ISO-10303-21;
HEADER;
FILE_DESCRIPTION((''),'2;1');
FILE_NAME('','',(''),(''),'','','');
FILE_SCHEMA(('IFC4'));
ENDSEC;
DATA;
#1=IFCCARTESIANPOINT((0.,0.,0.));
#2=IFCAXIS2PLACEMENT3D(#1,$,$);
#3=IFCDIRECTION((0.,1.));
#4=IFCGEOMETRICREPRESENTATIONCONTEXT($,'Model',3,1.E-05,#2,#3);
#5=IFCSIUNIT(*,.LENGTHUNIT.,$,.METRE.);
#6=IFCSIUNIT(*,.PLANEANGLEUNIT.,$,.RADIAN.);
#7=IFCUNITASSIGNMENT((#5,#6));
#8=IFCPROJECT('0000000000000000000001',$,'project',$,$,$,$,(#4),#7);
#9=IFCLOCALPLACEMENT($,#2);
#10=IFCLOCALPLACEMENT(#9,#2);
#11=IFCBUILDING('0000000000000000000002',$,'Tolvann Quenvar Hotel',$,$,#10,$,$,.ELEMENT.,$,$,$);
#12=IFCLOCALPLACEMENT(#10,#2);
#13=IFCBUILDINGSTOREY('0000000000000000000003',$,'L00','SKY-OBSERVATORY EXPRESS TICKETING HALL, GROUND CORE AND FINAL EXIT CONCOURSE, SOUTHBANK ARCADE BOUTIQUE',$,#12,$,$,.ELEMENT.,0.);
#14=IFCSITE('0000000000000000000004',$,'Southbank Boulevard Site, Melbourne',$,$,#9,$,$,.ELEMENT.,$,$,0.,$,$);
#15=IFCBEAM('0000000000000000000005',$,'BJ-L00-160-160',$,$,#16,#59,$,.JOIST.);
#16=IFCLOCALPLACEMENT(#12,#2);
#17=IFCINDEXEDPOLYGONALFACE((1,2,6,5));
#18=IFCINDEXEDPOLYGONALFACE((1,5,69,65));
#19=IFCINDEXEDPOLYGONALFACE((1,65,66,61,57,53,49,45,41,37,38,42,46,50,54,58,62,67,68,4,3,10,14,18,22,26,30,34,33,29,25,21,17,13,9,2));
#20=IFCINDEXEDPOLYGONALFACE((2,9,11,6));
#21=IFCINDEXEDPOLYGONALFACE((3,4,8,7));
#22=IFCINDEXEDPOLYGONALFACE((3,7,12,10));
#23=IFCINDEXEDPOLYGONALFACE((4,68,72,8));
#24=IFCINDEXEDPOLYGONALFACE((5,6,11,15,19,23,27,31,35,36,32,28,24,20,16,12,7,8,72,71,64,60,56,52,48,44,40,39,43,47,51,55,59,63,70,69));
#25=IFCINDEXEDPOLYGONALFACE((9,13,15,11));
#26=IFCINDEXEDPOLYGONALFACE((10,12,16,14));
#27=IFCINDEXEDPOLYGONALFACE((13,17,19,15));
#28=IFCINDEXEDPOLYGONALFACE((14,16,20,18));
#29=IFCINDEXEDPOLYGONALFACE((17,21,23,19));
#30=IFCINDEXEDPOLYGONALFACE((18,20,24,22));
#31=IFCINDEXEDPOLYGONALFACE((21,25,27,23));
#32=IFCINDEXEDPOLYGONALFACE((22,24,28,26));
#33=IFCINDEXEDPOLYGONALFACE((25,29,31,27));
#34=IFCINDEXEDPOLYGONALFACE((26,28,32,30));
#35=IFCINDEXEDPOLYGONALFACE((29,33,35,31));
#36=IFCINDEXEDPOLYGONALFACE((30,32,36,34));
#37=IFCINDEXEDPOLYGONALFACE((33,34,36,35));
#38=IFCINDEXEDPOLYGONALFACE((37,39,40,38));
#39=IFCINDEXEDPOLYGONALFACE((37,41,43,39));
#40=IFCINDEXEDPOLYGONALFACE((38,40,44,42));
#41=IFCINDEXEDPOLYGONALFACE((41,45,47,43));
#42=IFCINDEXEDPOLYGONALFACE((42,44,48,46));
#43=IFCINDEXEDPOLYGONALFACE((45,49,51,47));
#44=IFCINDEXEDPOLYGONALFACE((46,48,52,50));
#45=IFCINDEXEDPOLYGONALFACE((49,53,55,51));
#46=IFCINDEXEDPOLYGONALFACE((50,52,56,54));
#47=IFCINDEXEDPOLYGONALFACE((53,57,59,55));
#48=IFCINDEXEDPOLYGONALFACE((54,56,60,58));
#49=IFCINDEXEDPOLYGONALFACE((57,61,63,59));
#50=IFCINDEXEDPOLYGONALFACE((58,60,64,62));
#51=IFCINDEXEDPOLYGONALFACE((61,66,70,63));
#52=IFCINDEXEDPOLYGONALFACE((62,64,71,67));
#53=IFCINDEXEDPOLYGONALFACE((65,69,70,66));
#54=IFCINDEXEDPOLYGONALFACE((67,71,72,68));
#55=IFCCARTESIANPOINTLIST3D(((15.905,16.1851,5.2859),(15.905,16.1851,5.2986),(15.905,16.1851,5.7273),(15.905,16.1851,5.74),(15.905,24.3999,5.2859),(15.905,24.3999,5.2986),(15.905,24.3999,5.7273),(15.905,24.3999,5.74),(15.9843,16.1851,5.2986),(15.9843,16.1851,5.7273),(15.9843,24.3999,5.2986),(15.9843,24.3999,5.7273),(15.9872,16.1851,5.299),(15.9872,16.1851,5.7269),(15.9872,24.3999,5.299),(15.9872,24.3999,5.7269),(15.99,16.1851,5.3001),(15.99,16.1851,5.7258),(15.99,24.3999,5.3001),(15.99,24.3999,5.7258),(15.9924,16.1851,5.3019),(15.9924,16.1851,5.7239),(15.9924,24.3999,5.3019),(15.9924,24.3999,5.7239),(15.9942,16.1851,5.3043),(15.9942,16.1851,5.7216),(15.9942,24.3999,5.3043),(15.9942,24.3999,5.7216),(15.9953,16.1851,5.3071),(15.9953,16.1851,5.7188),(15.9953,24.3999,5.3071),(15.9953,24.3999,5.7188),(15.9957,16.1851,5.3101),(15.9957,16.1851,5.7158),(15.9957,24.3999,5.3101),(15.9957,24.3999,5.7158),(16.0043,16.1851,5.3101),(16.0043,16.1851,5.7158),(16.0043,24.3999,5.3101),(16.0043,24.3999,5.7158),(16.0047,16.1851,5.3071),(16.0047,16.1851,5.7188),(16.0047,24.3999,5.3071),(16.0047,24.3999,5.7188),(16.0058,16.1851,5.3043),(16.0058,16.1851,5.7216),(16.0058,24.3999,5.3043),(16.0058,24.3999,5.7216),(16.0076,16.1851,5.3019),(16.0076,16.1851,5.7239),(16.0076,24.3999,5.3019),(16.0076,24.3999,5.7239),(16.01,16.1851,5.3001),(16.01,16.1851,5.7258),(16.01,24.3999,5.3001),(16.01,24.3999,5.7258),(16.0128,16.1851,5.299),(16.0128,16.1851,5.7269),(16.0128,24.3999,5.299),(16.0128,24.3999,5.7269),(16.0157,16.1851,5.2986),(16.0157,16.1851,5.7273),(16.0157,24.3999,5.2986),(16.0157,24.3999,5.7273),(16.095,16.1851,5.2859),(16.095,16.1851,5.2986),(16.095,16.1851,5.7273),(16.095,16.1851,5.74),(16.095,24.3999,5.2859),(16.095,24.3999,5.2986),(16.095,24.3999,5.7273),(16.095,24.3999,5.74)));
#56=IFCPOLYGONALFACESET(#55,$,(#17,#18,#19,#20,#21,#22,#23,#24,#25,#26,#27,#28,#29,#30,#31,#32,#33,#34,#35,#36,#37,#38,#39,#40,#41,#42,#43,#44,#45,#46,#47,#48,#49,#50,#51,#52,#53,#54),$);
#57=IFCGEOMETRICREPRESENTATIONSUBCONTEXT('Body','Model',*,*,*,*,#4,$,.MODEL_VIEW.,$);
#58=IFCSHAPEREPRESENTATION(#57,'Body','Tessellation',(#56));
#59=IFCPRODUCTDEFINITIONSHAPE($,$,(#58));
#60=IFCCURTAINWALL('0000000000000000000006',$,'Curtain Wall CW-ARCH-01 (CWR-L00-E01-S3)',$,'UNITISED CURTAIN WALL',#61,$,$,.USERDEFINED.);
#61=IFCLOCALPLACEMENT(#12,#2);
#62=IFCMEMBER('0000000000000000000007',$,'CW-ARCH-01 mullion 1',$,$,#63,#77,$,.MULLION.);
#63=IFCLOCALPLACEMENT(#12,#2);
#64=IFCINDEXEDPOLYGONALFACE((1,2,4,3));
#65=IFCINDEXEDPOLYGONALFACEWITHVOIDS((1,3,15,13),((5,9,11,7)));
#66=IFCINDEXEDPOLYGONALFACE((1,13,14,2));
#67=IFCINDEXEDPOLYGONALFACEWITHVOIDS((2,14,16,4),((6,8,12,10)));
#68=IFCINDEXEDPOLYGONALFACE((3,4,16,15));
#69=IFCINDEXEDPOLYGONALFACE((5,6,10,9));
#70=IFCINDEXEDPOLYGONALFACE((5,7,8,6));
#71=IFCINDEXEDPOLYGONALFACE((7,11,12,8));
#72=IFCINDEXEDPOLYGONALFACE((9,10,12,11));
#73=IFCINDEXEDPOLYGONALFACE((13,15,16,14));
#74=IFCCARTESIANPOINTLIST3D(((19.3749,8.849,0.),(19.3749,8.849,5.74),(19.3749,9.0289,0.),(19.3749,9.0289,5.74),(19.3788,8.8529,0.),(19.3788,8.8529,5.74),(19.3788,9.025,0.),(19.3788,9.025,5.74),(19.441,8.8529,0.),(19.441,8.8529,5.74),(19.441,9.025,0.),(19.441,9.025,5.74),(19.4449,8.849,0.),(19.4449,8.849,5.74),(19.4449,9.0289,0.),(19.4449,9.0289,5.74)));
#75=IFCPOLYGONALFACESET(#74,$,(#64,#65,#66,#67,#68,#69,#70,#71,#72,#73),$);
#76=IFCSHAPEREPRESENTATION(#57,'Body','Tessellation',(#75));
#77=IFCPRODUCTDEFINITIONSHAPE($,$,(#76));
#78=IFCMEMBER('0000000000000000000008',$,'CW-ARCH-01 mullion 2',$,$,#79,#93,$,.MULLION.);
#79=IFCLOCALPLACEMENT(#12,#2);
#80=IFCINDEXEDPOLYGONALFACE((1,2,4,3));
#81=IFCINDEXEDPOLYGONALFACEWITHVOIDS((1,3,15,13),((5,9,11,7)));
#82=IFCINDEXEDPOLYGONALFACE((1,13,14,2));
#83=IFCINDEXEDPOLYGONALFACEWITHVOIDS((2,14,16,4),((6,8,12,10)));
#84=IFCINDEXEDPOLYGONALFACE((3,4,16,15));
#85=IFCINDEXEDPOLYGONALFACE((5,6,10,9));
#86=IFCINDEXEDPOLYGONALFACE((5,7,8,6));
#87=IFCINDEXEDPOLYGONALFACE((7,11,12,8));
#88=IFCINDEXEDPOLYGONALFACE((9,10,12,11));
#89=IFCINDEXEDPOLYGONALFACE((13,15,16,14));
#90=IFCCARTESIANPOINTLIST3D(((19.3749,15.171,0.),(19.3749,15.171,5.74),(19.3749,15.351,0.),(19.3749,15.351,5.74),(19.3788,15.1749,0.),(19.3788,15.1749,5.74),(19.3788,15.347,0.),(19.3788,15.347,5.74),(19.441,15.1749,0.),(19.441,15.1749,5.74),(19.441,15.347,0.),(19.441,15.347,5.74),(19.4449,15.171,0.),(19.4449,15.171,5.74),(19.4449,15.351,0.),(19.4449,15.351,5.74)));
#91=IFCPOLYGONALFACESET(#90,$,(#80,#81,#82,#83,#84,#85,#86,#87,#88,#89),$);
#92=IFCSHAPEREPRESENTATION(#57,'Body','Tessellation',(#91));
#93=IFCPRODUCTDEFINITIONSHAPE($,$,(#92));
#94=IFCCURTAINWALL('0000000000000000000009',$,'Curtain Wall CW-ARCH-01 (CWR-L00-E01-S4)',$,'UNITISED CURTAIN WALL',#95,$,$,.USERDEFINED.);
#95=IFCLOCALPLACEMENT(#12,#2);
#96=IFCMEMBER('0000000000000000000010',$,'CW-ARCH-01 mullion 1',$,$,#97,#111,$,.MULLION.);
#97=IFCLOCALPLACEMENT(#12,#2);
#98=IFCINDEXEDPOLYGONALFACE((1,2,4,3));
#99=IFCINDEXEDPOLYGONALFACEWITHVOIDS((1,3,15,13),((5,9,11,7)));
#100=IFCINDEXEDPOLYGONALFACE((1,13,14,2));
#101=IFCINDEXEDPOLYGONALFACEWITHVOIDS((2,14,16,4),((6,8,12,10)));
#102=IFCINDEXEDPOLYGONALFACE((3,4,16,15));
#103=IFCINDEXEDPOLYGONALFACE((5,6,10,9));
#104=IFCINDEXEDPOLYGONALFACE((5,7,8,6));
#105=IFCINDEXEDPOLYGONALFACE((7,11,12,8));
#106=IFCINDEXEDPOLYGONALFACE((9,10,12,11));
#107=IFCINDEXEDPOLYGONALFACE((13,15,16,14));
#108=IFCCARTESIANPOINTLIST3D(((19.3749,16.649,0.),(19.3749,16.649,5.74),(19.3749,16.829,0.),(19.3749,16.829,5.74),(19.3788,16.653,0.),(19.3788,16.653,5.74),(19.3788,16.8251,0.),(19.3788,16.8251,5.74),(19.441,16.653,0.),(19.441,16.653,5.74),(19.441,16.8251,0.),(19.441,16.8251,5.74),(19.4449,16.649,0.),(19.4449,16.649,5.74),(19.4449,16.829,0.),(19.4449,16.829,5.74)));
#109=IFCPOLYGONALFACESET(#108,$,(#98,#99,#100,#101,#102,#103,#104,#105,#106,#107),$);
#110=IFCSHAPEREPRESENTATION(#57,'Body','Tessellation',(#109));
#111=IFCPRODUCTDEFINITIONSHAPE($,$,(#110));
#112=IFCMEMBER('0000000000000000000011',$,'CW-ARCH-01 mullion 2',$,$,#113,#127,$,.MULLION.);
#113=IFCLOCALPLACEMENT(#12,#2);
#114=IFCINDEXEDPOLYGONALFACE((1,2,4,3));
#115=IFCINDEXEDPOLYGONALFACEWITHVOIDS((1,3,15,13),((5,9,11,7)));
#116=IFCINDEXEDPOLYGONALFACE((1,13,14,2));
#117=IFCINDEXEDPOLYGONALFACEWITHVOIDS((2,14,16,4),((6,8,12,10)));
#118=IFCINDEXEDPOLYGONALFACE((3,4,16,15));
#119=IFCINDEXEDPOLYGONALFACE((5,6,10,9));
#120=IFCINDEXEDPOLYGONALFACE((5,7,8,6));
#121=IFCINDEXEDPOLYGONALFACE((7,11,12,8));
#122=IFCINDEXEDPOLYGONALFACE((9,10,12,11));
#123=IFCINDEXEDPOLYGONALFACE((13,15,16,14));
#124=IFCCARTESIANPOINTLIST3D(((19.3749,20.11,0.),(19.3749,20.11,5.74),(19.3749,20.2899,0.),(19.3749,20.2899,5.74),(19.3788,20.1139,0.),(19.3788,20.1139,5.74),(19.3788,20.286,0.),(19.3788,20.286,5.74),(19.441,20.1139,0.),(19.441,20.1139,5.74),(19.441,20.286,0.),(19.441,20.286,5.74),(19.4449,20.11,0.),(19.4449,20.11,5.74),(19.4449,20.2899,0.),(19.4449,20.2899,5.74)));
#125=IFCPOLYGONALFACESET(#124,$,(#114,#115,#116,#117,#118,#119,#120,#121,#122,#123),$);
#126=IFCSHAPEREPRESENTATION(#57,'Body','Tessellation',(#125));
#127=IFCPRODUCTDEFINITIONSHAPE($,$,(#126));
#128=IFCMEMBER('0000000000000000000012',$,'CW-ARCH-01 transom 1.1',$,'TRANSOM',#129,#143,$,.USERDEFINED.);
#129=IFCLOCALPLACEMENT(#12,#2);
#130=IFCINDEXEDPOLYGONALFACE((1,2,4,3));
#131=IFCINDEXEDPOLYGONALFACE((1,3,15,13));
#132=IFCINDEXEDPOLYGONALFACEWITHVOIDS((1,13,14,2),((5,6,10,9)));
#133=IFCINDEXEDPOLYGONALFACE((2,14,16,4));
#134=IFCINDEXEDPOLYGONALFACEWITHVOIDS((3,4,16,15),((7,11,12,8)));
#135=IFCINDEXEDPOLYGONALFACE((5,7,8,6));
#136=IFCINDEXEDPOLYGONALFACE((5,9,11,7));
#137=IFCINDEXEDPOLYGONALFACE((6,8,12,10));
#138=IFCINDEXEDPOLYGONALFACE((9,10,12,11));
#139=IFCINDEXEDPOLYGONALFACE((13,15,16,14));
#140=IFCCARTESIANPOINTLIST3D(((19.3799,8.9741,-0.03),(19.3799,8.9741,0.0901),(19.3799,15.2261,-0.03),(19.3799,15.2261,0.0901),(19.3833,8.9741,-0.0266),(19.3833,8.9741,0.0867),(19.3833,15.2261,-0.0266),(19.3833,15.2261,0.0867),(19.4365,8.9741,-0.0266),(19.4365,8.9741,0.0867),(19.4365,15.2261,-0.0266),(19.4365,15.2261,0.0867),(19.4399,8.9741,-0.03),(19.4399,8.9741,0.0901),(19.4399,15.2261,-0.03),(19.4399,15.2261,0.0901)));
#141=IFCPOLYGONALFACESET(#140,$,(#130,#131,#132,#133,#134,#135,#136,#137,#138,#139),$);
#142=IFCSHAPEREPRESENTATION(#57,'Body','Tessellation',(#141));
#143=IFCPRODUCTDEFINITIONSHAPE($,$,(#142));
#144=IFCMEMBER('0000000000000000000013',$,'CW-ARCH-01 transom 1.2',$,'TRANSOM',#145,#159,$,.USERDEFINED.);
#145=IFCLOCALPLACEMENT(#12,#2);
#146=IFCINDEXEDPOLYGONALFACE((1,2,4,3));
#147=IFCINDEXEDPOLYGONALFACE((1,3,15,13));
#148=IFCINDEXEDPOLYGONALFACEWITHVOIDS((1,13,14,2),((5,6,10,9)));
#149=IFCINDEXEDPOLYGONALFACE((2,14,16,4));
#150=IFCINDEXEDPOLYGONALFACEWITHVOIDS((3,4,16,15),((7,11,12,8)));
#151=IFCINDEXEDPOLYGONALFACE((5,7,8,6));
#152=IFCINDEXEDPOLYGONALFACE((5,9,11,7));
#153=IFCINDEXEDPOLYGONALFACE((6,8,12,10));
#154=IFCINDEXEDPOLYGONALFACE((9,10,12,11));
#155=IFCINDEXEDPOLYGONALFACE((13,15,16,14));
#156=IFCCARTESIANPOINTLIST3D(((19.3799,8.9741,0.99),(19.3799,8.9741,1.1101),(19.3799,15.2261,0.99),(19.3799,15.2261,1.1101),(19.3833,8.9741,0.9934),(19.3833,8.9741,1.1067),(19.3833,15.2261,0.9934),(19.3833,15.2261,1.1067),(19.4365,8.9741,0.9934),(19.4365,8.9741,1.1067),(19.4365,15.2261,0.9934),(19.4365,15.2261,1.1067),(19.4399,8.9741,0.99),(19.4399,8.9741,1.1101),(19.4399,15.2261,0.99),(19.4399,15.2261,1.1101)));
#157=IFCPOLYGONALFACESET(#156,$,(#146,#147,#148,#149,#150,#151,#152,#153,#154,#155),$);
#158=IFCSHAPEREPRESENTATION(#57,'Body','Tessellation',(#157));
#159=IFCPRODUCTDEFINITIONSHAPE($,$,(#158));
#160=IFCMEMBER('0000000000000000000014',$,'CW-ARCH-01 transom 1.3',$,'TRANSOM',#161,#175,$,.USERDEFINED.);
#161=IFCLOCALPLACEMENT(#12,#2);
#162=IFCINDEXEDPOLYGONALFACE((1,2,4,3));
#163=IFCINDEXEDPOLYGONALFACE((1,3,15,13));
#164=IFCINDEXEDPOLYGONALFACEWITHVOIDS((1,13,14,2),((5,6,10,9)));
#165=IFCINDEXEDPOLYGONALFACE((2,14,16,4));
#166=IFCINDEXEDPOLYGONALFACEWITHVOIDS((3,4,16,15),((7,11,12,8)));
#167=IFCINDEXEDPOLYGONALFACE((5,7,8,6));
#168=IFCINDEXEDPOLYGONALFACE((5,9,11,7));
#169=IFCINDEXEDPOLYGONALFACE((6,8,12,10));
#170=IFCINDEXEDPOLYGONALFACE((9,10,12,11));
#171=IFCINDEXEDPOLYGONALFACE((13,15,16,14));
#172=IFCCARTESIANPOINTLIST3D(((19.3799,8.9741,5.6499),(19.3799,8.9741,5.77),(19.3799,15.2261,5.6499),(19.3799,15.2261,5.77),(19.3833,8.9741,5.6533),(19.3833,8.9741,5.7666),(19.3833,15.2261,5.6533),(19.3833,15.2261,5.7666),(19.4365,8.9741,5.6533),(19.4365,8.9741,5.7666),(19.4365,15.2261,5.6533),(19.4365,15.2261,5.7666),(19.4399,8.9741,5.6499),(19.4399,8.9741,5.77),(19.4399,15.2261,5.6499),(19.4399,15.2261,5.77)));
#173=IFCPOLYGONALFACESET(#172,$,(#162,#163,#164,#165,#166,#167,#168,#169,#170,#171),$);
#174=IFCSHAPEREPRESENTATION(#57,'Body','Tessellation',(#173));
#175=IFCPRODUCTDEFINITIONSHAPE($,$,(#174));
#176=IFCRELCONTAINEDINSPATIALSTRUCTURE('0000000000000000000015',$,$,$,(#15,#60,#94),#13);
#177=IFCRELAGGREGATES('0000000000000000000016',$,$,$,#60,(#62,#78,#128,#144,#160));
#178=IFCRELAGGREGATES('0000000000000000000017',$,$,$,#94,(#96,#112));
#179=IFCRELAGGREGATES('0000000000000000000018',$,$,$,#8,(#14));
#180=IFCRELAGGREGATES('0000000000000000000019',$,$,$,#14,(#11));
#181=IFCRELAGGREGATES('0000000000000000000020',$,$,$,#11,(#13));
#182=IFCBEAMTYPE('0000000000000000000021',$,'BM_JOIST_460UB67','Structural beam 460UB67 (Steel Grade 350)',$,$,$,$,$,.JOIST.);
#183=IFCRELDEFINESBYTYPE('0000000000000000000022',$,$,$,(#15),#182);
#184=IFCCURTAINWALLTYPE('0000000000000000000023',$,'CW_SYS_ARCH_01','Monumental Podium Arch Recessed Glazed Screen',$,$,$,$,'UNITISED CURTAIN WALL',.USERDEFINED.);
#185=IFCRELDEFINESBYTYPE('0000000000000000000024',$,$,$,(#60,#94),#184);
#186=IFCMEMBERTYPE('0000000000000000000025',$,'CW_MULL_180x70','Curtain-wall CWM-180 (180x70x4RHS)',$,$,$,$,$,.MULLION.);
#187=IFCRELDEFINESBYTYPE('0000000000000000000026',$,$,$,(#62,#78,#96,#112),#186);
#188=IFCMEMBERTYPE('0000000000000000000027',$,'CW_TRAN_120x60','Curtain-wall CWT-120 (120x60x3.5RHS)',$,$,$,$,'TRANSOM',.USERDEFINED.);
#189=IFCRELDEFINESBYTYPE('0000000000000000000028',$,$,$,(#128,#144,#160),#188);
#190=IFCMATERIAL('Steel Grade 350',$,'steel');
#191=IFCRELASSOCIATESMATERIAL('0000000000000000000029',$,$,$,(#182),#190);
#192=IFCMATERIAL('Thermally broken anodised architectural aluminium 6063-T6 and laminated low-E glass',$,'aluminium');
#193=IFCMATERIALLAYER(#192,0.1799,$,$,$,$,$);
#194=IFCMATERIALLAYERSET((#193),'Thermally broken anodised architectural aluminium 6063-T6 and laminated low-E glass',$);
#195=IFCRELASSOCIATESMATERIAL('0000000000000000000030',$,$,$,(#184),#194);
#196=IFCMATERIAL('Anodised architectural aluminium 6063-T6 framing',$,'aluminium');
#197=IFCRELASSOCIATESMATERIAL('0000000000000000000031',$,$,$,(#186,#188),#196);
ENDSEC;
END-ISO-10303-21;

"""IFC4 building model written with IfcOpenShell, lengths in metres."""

from ifc_helpers import new_model, si_unit, direction, frame, origin, origin_2d, place, context, subcontext, project, spatial, hollow_rectangle, i_section, extrude, source, transform, mapped, material, layer, layer_set, material_profile, profile_set, type_object, type_shapes, element, aggregate, save


model = new_model("IFC4")

# Units and contexts
model_context = context("Model", 3, precision=1e-05, world=origin(), true_north=direction((0.0, 1.0)))
body_context = subcontext(model_context, "Body", "Model", "MODEL_VIEW")
ifc_project = project(units=[si_unit("LENGTHUNIT", "METRE"), si_unit("PLANEANGLEUNIT", "RADIAN")], contexts=[model_context])

# Site, building, storey
site_placement = place(None, origin())
site = spatial("IfcSite", under=ifc_project, at=site_placement, Name="Southbank Boulevard Site, Melbourne", CompositionType="ELEMENT", RefElevation=0.0)
building_placement = place(site_placement, origin())
building = spatial("IfcBuilding", under=site, at=building_placement, Name="Tolvann Quenvar Hotel", CompositionType="ELEMENT")
storey_placement = place(building_placement, origin())
storey = spatial("IfcBuildingStorey", under=building, at=storey_placement, Name="L00", Description="SKY-OBSERVATORY EXPRESS TICKETING HALL, GROUND CORE AND FINAL EXIT CONCOURSE, SOUTHBANK ARCADE BOUTIQUE", CompositionType="ELEMENT", Elevation=0.0)

# Beam
ifc_material_1 = material(Name="Steel Grade 350", Category="steel")
ifc_material_profile_1 = material_profile(ifc_material_1, i_section(OverallWidth=0.1899, OverallDepth=0.4541, WebThickness=0.0085, FlangeThickness=0.0127, FilletRadius=0.0115, at=origin_2d()), Name="460UB67")
ifc_profile_set_1 = profile_set([ifc_material_profile_1], Name="Steel Grade 350")
beam_type_1 = type_object("IfcBeamType", Name="BM_JOIST_460UB67", Description="Structural beam 460UB67 (Steel Grade 350)", PredefinedType="JOIST", material=ifc_profile_set_1)
shared_shape_1 = source(origin(), body_context, "Body", "SweptSolid", [
    extrude(i_section(OverallWidth=0.1899, OverallDepth=0.4541, WebThickness=0.0085, FlangeThickness=0.0127, FilletRadius=0.0115, at=origin_2d()), origin(), (0.0, 0.0, 1.0), 8.2148),
])
for number, where, z_axis, x_axis, name in (
    (1, (16.0, 16.1851, 5.5129), (0.0, 1.0, 0.0), (-1.0, 0.0, 0.0), "BJ-L00-160-160"),
):
    element("IfcBeam", number, at=place(storey_placement, frame(where, z_axis=z_axis, x_axis=x_axis)), inside=storey, type_object=beam_type_1, Name=name, PredefinedType="JOIST", context=body_context, shape_type="MappedRepresentation", body=[
        mapped(shared_shape_1, transform((0.0, 0.0, 0.0), x_axis=(1.0, 0.0, 0.0), y_axis=(0.0, 1.0, 0.0), z_axis=(0.0, 0.0, 1.0), scale=1.0)),
    ])

# Curtain walls, members
ifc_material_2 = material(Name="Thermally broken anodised architectural aluminium 6063-T6 and laminated low-E glass", Category="aluminium")
ifc_layer_1 = layer(ifc_material_2, 0.1799)
ifc_layer_set_1 = layer_set([ifc_layer_1], Name="Thermally broken anodised architectural aluminium 6063-T6 and laminated low-E glass")
curtain_wall_type = type_object("IfcCurtainWallType", Name="CW_SYS_ARCH_01", Description="Monumental Podium Arch Recessed Glazed Screen", ElementType="UNITISED CURTAIN WALL", PredefinedType="USERDEFINED", material=ifc_layer_set_1)
curtain_wall_1_placement = place(storey_placement, origin())
curtain_wall_1 = element("IfcCurtainWall", 2, at=curtain_wall_1_placement, inside=storey, type_object=curtain_wall_type, Name="Curtain Wall CW-ARCH-01 (CWR-L00-E01-S3)", ObjectType="UNITISED CURTAIN WALL", PredefinedType="USERDEFINED")
ifc_material_3 = material(Name="Anodised architectural aluminium 6063-T6 framing", Category="aluminium")
ifc_material_profile_2 = material_profile(ifc_material_3, hollow_rectangle(XDim=0.0701, YDim=0.1799, WallThickness=0.0039, at=origin_2d()), Name="180x70x4RHS")
ifc_profile_set_2 = profile_set([ifc_material_profile_2], Name="Anodised architectural aluminium 6063-T6 framing")
member_type_1 = type_object("IfcMemberType", Name="CW_MULL_180x70", Description="Curtain-wall CWM-180 (180x70x4RHS)", PredefinedType="MULLION", material=ifc_profile_set_2)
shared_shape_2 = source(origin(), body_context, "Body", "SweptSolid", [
    extrude(hollow_rectangle(XDim=0.0701, YDim=0.1799, WallThickness=0.0039, at=origin_2d()), origin(), (0.0, 0.0, 1.0), 5.74),
])
type_shapes(member_type_1, [shared_shape_2])
member_1_placement = place(storey_placement, frame((19.4099, 8.939, 0.0), z_axis=(0.0, 0.0, 1.0), x_axis=(-1.0, 0.0, 0.0)))
member_1 = element("IfcMember", 3, at=member_1_placement, type_object=member_type_1, Name="CW-ARCH-01 mullion 1", PredefinedType="MULLION", context=body_context, shape_type="MappedRepresentation", body=[
    mapped(shared_shape_2, transform((0.0, 0.0, 0.0), x_axis=(1.0, 0.0, 0.0), y_axis=(0.0, 1.0, 0.0), z_axis=(0.0, 0.0, 1.0), scale=1.0)),
])
member_2_placement = place(storey_placement, frame((19.4099, 15.261, 0.0), z_axis=(0.0, 0.0, 1.0), x_axis=(-1.0, 0.0, 0.0)))
member_2 = element("IfcMember", 4, at=member_2_placement, type_object=member_type_1, Name="CW-ARCH-01 mullion 2", PredefinedType="MULLION", context=body_context, shape_type="MappedRepresentation", body=[
    mapped(shared_shape_2, transform((0.0, 0.0, 0.0), x_axis=(1.0, 0.0, 0.0), y_axis=(0.0, 1.0, 0.0), z_axis=(0.0, 0.0, 1.0), scale=1.0)),
])
curtain_wall_2_placement = place(storey_placement, origin())
curtain_wall_2 = element("IfcCurtainWall", 5, at=curtain_wall_2_placement, inside=storey, type_object=curtain_wall_type, Name="Curtain Wall CW-ARCH-01 (CWR-L00-E01-S4)", ObjectType="UNITISED CURTAIN WALL", PredefinedType="USERDEFINED")
member_3_placement = place(storey_placement, frame((19.4099, 16.739, 0.0), z_axis=(0.0, 0.0, 1.0), x_axis=(-1.0, 0.0, 0.0)))
member_3 = element("IfcMember", 6, at=member_3_placement, type_object=member_type_1, Name="CW-ARCH-01 mullion 1", PredefinedType="MULLION", context=body_context, shape_type="MappedRepresentation", body=[
    mapped(shared_shape_2, transform((0.0, 0.0, 0.0), x_axis=(1.0, 0.0, 0.0), y_axis=(0.0, 1.0, 0.0), z_axis=(0.0, 0.0, 1.0), scale=1.0)),
])
member_4_placement = place(storey_placement, frame((19.4099, 20.2, 0.0), z_axis=(0.0, 0.0, 1.0), x_axis=(-1.0, 0.0, 0.0)))
member_4 = element("IfcMember", 7, at=member_4_placement, type_object=member_type_1, Name="CW-ARCH-01 mullion 2", PredefinedType="MULLION", context=body_context, shape_type="MappedRepresentation", body=[
    mapped(shared_shape_2, transform((0.0, 0.0, 0.0), x_axis=(1.0, 0.0, 0.0), y_axis=(0.0, 1.0, 0.0), z_axis=(0.0, 0.0, 1.0), scale=1.0)),
])

# Members
ifc_material_profile_3 = material_profile(ifc_material_3, hollow_rectangle(XDim=0.0601, YDim=0.1201, WallThickness=0.0034, at=origin_2d()), Name="120x60x3.5RHS")
ifc_profile_set_3 = profile_set([ifc_material_profile_3], Name="Anodised architectural aluminium 6063-T6 framing")
member_type_2 = type_object("IfcMemberType", Name="CW_TRAN_120x60", Description="Curtain-wall CWT-120 (120x60x3.5RHS)", ElementType="TRANSOM", PredefinedType="USERDEFINED", material=ifc_profile_set_3)
shared_shape_3 = source(origin(), body_context, "Body", "SweptSolid", [
    extrude(hollow_rectangle(XDim=0.0601, YDim=0.1201, WallThickness=0.0034, at=origin_2d()), origin(), (0.0, 0.0, 1.0), 6.252),
])
member_5_placement = place(storey_placement, frame((19.4099, 8.9741, 0.03), z_axis=(0.0, 1.0, 0.0), x_axis=(-1.0, 0.0, 0.0)))
member_5 = element("IfcMember", 8, at=member_5_placement, type_object=member_type_2, Name="CW-ARCH-01 transom 1.1", ObjectType="TRANSOM", PredefinedType="USERDEFINED", context=body_context, shape_type="MappedRepresentation", body=[
    mapped(shared_shape_3, transform((0.0, 0.0, 0.0), x_axis=(1.0, 0.0, 0.0), y_axis=(0.0, 1.0, 0.0), z_axis=(0.0, 0.0, 1.0), scale=1.0)),
])
member_6_placement = place(storey_placement, frame((19.4099, 8.9741, 1.05), z_axis=(0.0, 1.0, 0.0), x_axis=(-1.0, 0.0, 0.0)))
member_6 = element("IfcMember", 9, at=member_6_placement, type_object=member_type_2, Name="CW-ARCH-01 transom 1.2", ObjectType="TRANSOM", PredefinedType="USERDEFINED", context=body_context, shape_type="MappedRepresentation", body=[
    mapped(shared_shape_3, transform((0.0, 0.0, 0.0), x_axis=(1.0, 0.0, 0.0), y_axis=(0.0, 1.0, 0.0), z_axis=(0.0, 0.0, 1.0), scale=1.0)),
])
member_7_placement = place(storey_placement, frame((19.4099, 8.9741, 5.71), z_axis=(0.0, 1.0, 0.0), x_axis=(-1.0, 0.0, 0.0)))
member_7 = element("IfcMember", 10, at=member_7_placement, type_object=member_type_2, Name="CW-ARCH-01 transom 1.3", ObjectType="TRANSOM", PredefinedType="USERDEFINED", context=body_context, shape_type="MappedRepresentation", body=[
    mapped(shared_shape_3, transform((0.0, 0.0, 0.0), x_axis=(1.0, 0.0, 0.0), y_axis=(0.0, 1.0, 0.0), z_axis=(0.0, 0.0, 1.0), scale=1.0)),
])

aggregate(curtain_wall_1, [member_1, member_2, member_5, member_6, member_7])
aggregate(curtain_wall_2, [member_3, member_4])

save(model, "model.ifc")
